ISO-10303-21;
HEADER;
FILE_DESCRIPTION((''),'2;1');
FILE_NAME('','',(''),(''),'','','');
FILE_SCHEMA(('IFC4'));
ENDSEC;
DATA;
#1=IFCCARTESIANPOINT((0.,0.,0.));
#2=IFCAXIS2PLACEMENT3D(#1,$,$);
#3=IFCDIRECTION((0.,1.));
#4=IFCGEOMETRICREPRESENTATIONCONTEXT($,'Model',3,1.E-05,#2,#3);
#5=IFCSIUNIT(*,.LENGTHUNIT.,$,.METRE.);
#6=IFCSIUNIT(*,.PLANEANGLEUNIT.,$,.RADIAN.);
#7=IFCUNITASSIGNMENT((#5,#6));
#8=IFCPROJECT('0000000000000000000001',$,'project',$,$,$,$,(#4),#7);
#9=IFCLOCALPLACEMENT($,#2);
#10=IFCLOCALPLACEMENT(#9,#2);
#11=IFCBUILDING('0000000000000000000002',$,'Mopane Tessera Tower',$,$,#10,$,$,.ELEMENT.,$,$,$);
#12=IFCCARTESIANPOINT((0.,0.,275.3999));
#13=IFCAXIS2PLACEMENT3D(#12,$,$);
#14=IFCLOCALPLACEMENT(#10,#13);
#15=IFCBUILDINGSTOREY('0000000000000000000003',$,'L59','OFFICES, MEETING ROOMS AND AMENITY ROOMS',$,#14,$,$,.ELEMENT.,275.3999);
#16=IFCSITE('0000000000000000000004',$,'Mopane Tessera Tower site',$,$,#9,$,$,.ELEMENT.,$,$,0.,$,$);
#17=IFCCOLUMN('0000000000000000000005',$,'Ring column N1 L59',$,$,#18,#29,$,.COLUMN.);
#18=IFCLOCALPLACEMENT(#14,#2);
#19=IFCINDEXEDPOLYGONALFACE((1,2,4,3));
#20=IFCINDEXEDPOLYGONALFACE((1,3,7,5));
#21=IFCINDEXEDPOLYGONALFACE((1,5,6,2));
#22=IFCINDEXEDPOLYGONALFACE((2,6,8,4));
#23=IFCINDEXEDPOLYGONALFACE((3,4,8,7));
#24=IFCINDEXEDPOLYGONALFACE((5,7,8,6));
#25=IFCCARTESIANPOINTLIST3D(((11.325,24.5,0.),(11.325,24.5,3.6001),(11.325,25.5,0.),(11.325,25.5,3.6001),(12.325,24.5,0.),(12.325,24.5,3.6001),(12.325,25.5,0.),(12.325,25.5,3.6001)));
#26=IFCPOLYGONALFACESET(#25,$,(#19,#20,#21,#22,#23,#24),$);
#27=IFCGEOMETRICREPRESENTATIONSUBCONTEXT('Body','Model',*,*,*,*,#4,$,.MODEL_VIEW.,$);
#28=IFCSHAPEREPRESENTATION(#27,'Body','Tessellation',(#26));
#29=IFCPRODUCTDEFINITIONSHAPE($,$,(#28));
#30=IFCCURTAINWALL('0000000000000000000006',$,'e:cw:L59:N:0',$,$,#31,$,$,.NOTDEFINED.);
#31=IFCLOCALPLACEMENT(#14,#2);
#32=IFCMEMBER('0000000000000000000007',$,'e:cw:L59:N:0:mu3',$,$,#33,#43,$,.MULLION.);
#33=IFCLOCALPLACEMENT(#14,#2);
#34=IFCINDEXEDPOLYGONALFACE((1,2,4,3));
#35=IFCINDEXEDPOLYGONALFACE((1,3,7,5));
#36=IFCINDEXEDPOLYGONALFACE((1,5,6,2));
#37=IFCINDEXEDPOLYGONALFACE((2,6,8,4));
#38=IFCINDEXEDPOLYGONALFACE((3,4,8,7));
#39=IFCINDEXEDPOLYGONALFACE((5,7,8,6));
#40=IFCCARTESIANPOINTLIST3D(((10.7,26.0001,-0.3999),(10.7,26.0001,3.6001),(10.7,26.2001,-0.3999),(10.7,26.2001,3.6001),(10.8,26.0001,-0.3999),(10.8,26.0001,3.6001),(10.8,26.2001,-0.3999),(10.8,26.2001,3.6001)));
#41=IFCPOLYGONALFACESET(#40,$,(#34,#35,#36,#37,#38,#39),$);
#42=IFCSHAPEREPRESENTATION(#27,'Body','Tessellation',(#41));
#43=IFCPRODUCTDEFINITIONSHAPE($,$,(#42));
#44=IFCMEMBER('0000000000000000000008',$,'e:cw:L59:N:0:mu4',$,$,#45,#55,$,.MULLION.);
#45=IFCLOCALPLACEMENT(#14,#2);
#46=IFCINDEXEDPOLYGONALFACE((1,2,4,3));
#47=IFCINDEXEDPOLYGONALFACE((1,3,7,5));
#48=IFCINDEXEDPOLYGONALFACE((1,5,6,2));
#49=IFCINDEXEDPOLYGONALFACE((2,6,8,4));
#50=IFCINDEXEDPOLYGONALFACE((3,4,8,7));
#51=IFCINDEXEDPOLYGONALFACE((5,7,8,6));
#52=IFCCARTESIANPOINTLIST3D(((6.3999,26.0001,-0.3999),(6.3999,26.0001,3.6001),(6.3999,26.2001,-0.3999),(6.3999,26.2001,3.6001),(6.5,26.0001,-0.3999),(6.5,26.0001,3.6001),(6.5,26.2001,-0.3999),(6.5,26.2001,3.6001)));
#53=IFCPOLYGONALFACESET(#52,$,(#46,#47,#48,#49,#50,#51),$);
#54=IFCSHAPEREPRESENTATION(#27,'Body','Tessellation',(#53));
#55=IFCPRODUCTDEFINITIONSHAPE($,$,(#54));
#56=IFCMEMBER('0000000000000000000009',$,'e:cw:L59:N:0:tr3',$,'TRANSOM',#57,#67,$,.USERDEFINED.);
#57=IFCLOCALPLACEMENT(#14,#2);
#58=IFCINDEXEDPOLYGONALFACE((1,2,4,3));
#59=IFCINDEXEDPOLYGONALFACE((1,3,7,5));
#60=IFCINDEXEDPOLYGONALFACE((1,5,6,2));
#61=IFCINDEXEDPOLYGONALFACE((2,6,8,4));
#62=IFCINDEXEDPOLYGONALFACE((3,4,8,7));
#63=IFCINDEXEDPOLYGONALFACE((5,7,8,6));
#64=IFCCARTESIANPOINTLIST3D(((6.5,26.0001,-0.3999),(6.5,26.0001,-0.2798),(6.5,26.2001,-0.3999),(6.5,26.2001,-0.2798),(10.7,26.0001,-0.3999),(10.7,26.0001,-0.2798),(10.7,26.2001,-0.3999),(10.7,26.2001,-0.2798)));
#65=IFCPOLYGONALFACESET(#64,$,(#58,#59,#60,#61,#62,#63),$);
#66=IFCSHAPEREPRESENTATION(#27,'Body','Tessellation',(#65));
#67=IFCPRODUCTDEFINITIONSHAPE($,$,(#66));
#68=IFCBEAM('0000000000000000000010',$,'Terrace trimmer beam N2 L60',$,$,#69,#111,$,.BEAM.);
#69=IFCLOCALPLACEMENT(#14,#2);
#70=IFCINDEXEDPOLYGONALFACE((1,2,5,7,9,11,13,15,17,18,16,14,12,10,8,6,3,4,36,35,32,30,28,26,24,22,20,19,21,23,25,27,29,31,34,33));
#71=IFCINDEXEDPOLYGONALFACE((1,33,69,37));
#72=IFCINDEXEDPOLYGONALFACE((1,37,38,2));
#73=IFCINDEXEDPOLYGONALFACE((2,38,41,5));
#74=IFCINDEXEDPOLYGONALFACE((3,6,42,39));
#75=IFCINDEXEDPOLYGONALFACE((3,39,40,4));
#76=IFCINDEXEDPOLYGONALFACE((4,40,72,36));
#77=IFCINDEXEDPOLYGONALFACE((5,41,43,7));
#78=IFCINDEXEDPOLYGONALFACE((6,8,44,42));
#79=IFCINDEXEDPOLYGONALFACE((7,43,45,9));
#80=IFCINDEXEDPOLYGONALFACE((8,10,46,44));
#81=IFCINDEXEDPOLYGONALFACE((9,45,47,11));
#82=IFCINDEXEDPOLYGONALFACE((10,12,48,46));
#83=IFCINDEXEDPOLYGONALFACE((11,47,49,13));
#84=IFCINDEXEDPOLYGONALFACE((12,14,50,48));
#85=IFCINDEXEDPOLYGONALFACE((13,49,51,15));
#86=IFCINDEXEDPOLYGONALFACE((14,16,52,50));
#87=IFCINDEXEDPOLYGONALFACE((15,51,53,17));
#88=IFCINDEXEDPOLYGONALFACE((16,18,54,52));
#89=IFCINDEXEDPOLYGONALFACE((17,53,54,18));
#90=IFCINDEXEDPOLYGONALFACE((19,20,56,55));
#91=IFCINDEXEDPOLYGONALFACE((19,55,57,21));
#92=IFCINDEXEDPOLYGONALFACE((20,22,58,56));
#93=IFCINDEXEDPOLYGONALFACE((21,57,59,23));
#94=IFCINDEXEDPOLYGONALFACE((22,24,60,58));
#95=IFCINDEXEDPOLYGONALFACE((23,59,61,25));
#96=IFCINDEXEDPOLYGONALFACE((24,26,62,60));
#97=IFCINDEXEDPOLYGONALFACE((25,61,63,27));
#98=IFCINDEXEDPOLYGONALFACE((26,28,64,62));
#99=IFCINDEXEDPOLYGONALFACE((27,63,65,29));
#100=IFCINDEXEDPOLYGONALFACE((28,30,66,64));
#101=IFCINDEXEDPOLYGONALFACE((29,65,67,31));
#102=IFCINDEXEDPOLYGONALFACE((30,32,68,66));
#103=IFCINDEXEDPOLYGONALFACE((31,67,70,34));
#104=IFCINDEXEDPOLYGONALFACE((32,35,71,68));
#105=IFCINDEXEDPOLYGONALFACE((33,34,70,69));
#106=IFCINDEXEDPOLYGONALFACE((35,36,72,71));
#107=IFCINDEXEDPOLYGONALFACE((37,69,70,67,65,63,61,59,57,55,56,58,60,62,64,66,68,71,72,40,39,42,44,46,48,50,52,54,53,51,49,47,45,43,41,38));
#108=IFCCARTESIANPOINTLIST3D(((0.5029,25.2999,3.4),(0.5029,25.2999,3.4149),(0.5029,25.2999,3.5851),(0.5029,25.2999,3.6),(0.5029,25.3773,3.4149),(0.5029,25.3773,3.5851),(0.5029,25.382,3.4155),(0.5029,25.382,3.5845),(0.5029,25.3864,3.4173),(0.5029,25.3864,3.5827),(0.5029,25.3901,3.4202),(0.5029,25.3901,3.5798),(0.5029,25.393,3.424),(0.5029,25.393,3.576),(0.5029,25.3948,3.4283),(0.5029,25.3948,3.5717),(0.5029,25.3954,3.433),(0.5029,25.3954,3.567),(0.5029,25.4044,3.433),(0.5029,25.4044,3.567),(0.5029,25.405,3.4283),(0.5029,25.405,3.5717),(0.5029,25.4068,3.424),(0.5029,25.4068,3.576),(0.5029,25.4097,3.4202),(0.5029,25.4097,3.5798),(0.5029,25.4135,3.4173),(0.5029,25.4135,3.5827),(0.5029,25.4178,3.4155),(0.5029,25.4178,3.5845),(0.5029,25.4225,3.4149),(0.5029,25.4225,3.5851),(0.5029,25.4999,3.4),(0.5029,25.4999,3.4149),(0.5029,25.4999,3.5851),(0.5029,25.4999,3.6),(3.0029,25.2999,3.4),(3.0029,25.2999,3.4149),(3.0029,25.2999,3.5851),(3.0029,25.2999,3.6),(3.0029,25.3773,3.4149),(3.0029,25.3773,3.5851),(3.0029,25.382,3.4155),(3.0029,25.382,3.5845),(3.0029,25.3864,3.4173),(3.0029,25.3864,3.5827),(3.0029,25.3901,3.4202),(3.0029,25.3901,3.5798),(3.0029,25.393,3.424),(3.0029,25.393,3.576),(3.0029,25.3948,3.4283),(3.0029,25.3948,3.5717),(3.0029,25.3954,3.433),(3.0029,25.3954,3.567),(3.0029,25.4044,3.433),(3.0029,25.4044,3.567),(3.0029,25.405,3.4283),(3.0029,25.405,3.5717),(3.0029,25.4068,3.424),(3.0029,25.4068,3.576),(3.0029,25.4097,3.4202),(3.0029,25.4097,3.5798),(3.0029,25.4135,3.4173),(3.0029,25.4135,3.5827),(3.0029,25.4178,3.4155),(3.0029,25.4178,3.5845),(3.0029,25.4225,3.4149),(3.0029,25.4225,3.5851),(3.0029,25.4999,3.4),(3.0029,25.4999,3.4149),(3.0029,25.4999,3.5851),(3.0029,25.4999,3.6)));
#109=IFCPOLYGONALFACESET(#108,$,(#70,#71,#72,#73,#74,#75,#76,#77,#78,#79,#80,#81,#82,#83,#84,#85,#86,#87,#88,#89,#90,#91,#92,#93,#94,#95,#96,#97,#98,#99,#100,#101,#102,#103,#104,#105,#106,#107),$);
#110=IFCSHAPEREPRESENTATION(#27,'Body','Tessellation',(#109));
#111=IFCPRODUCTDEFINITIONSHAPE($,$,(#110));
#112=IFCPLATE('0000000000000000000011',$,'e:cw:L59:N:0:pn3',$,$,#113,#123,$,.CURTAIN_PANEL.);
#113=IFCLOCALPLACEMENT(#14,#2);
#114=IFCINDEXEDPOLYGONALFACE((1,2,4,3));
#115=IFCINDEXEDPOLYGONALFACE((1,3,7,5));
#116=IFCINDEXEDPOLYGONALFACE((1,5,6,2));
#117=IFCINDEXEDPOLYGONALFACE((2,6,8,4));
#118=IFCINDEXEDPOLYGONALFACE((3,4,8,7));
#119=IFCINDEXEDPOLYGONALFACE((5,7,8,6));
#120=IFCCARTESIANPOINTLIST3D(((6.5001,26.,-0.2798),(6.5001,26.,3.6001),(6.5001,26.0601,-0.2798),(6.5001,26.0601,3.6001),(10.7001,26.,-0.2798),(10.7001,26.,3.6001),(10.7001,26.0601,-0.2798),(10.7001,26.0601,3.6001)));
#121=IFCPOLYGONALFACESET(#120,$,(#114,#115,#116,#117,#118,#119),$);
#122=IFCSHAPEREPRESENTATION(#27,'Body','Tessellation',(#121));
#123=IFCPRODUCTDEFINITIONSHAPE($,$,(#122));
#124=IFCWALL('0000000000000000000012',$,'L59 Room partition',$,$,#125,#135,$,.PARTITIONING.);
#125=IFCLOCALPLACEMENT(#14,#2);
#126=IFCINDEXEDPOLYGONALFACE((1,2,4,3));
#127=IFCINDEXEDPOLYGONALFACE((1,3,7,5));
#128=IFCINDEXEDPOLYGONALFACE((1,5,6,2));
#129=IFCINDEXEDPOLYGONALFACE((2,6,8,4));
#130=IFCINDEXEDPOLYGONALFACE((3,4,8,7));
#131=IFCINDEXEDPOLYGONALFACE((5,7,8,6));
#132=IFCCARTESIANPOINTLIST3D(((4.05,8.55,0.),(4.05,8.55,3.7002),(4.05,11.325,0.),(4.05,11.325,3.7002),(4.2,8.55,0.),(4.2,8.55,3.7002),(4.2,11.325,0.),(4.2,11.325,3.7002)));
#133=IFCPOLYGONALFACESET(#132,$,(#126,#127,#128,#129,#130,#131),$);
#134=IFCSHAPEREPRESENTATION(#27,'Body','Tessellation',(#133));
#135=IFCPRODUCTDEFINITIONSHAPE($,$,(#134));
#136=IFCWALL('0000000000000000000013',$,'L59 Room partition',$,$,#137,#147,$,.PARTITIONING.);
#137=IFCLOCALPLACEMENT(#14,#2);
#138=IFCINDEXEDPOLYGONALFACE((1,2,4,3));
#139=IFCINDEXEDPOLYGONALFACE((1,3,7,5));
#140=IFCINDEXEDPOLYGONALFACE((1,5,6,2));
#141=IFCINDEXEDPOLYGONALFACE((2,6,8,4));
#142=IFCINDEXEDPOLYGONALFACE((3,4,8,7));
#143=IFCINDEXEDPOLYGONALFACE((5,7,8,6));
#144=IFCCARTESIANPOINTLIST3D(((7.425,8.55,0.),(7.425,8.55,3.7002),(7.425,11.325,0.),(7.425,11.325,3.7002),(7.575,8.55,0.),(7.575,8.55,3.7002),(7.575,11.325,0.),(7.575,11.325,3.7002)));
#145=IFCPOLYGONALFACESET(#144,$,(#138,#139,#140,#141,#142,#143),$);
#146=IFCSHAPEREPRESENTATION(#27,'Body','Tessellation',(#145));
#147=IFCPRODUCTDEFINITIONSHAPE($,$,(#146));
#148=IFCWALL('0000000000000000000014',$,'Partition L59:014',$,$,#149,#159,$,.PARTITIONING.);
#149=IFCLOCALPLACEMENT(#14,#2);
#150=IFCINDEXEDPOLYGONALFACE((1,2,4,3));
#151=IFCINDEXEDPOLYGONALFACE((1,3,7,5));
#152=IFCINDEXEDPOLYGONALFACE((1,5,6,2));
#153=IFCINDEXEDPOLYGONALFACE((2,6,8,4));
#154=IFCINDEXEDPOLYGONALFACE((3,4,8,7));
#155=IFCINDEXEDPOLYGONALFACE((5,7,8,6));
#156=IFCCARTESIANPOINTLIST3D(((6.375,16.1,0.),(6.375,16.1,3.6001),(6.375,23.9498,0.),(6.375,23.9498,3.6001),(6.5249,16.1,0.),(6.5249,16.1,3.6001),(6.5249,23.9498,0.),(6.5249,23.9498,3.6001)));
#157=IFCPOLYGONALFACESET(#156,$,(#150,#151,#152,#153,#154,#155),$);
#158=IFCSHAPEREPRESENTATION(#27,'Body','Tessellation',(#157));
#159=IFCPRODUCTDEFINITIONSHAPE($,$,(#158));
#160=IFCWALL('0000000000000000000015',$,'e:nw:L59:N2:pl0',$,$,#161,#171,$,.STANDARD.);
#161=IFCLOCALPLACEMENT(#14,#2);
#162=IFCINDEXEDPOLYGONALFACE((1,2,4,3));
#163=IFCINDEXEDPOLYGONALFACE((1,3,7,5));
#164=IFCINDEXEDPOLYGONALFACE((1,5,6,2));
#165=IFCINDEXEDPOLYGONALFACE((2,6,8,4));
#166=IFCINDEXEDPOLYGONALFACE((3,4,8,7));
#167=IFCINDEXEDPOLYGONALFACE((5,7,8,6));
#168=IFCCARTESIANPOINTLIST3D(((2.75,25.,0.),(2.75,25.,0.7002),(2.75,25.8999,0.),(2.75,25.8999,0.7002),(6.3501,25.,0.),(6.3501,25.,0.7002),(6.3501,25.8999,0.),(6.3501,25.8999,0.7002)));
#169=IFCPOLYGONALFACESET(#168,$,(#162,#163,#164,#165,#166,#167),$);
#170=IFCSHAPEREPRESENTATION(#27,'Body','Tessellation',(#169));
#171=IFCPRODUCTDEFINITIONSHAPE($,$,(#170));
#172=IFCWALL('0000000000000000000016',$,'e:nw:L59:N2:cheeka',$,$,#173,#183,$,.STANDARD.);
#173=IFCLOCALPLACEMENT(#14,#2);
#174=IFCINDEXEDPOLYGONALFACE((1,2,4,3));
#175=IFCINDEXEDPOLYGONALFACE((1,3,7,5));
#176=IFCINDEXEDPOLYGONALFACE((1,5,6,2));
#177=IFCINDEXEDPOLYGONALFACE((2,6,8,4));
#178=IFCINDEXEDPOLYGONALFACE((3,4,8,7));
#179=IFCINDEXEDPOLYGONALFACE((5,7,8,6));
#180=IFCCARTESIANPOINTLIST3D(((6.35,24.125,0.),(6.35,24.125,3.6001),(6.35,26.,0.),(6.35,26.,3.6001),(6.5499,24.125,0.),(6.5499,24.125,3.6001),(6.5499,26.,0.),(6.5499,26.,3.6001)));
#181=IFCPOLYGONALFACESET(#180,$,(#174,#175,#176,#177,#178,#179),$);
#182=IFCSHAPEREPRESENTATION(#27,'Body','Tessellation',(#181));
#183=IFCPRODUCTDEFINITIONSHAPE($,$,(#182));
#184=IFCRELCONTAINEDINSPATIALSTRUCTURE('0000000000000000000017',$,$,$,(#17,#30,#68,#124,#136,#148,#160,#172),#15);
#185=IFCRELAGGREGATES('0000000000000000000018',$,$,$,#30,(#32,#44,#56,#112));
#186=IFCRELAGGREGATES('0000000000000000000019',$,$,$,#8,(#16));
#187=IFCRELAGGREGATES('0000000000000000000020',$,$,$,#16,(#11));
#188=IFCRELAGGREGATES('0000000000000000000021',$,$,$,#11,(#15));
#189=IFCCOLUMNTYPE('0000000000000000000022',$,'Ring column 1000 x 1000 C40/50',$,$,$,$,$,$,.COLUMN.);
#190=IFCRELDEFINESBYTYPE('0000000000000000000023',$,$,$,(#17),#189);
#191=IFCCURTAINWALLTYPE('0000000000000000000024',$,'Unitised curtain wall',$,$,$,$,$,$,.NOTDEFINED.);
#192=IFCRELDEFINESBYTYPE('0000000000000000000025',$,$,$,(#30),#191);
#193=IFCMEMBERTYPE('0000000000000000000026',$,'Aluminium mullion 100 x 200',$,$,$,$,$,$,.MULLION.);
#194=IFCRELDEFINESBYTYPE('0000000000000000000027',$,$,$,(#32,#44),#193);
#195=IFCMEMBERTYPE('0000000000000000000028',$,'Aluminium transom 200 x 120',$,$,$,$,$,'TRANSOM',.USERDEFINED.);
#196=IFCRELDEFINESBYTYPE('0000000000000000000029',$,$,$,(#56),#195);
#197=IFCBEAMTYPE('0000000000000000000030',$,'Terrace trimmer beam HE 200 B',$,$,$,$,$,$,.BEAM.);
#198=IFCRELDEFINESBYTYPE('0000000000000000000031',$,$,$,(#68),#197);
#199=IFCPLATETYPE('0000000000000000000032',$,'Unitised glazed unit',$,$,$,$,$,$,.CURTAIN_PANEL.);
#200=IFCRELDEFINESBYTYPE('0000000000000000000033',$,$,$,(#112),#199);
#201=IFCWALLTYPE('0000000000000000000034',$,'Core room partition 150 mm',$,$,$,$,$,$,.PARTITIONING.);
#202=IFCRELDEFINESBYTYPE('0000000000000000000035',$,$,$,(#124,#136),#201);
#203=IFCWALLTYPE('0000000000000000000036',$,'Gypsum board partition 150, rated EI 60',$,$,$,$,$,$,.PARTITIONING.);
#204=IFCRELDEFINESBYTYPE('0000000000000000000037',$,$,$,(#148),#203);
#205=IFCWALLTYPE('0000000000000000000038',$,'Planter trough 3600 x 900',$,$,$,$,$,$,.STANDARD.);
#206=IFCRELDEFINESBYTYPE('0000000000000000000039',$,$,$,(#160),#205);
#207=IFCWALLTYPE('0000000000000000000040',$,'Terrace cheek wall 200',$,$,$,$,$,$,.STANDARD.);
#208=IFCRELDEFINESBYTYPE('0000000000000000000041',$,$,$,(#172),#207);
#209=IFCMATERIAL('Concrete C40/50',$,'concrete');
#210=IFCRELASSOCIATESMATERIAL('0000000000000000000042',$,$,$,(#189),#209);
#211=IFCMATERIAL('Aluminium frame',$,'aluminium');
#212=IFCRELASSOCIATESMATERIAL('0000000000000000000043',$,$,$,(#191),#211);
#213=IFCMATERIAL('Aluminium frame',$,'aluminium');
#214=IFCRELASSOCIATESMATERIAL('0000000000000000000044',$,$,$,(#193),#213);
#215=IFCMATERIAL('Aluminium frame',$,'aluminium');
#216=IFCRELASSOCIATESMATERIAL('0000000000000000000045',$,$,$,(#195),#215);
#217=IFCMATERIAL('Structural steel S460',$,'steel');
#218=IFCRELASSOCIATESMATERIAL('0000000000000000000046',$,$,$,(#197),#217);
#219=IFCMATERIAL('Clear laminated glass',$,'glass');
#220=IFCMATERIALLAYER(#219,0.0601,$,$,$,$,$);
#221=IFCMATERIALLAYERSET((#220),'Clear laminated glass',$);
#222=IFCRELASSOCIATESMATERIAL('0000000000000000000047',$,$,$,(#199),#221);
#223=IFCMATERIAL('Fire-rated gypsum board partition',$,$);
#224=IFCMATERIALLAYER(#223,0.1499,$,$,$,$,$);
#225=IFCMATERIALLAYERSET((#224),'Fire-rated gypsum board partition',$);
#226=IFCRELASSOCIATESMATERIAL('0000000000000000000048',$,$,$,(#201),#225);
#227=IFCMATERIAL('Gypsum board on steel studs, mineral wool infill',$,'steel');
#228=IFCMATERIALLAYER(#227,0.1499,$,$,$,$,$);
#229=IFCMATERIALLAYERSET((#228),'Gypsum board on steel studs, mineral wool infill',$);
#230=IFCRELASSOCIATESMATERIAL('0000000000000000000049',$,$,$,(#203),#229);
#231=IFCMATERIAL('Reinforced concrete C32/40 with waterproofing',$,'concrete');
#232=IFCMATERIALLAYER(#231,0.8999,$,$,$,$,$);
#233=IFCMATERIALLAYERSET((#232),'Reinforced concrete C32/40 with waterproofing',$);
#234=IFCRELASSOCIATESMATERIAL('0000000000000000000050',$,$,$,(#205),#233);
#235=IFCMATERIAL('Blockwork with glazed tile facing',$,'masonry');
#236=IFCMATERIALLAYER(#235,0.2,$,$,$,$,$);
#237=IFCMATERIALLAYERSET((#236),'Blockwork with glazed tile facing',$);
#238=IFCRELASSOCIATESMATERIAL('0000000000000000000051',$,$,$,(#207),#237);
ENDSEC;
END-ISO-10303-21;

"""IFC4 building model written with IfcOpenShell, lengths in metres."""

from ifc_helpers import new_model, si_unit, direction, frame, frame_2d, origin, origin_2d, place, context, subcontext, project, spatial, rectangle, i_section, extrude, material, layer, layer_set, material_profile, profile_set, type_object, element, aggregate, save


model = new_model("IFC4")

# Units and contexts
model_context = context("Model", 3, precision=1e-05, world=origin(), true_north=direction((0.0, 1.0)))
body_context = subcontext(model_context, "Body", "Model", "MODEL_VIEW")
ifc_project = project(units=[si_unit("LENGTHUNIT", "METRE"), si_unit("PLANEANGLEUNIT", "RADIAN")], contexts=[model_context])

# Site, building, storey
site_placement = place(None, origin())
site = spatial("IfcSite", under=ifc_project, at=site_placement, Name="Mopane Tessera Tower site", CompositionType="ELEMENT", RefElevation=0.0)
building_placement = place(site_placement, origin())
building = spatial("IfcBuilding", under=site, at=building_placement, Name="Mopane Tessera Tower", CompositionType="ELEMENT")
storey_placement = place(building_placement, frame((0.0, 0.0, 275.3999)))
storey = spatial("IfcBuildingStorey", under=building, at=storey_placement, Name="L59", Description="OFFICES, MEETING ROOMS AND AMENITY ROOMS", CompositionType="ELEMENT", Elevation=275.3999)

# Column
ifc_material_1 = material(Name="Concrete C40/50", Category="concrete")
ifc_material_profile_1 = material_profile(ifc_material_1, rectangle(XDim=1.0, YDim=1.0, at=origin_2d()))
ifc_profile_set_1 = profile_set([ifc_material_profile_1], Name="Concrete C40/50")
column_type = type_object("IfcColumnType", Name="Ring column 1000 x 1000 C40/50", PredefinedType="COLUMN", material=ifc_profile_set_1)
column_placement = place(storey_placement, frame((11.825, 25.0, 0.0), z_axis=(0.0, 0.0, 1.0), x_axis=(1.0, 0.0, 0.0)))
element("IfcColumn", 1, at=column_placement, inside=storey, type_object=column_type, Name="Ring column N1 L59", PredefinedType="COLUMN", context=body_context, shape_type="SweptSolid", body=[
    extrude(rectangle(XDim=1.0, YDim=1.0, at=origin_2d()), origin(), (0.0, 0.0, 1.0), 3.6001),
])

# Curtain wall, members
ifc_material_2 = material(Name="Aluminium frame", Category="aluminium")
curtain_wall_type = type_object("IfcCurtainWallType", Name="Unitised curtain wall", PredefinedType="NOTDEFINED", material=ifc_material_2)
curtain_wall_placement = place(storey_placement, origin())
curtain_wall = element("IfcCurtainWall", 2, at=curtain_wall_placement, inside=storey, type_object=curtain_wall_type, Name="e:cw:L59:N:0", PredefinedType="NOTDEFINED")
ifc_material_3 = material(Name="Aluminium frame", Category="aluminium")
ifc_material_profile_2 = material_profile(ifc_material_3, rectangle(XDim=0.1001, YDim=0.2, at=origin_2d()))
ifc_profile_set_2 = profile_set([ifc_material_profile_2], Name="Aluminium frame")
member_type_1 = type_object("IfcMemberType", Name="Aluminium mullion 100 x 200", PredefinedType="MULLION", material=ifc_profile_set_2)
member_1_placement = place(storey_placement, frame((10.75, 26.1001, -0.3999), z_axis=(0.0, 0.0, 1.0), x_axis=(-1.0, 0.0, 0.0)))
member_1 = element("IfcMember", 3, at=member_1_placement, type_object=member_type_1, Name="e:cw:L59:N:0:mu3", PredefinedType="MULLION", context=body_context, shape_type="SweptSolid", body=[
    extrude(rectangle(XDim=0.1001, YDim=0.2, at=origin_2d()), origin(), (0.0, 0.0, 1.0), 4.0),
])
member_2_placement = place(storey_placement, frame((6.45, 26.1001, -0.3999), z_axis=(0.0, 0.0, 1.0), x_axis=(-1.0, 0.0, 0.0)))
member_2 = element("IfcMember", 4, at=member_2_placement, type_object=member_type_1, Name="e:cw:L59:N:0:mu4", PredefinedType="MULLION", context=body_context, shape_type="SweptSolid", body=[
    extrude(rectangle(XDim=0.1001, YDim=0.2, at=origin_2d()), origin(), (0.0, 0.0, 1.0), 4.0),
])
ifc_material_4 = material(Name="Aluminium frame", Category="aluminium")
ifc_material_profile_3 = material_profile(ifc_material_4, rectangle(XDim=0.2, YDim=0.1201, at=origin_2d()))
ifc_profile_set_3 = profile_set([ifc_material_profile_3], Name="Aluminium frame")
member_type_2 = type_object("IfcMemberType", Name="Aluminium transom 200 x 120", ElementType="TRANSOM", PredefinedType="USERDEFINED", material=ifc_profile_set_3)
member_3_placement = place(storey_placement, frame((10.7, 26.1001, -0.3398), z_axis=(-1.0, 0.0, 0.0), x_axis=(0.0, -1.0, 0.0)))
member_3 = element("IfcMember", 5, at=member_3_placement, type_object=member_type_2, Name="e:cw:L59:N:0:tr3", ObjectType="TRANSOM", PredefinedType="USERDEFINED", context=body_context, shape_type="SweptSolid", body=[
    extrude(rectangle(XDim=0.2, YDim=0.1201, at=origin_2d()), origin(), (0.0, 0.0, 1.0), 4.2),
])

# Beam
ifc_material_5 = material(Name="Structural steel S460", Category="steel")
ifc_material_profile_4 = material_profile(ifc_material_5, i_section(OverallWidth=0.2, OverallDepth=0.2, WebThickness=0.009, FlangeThickness=0.0149, FilletRadius=0.0181, at=origin_2d()))
ifc_profile_set_4 = profile_set([ifc_material_profile_4], Name="Structural steel S460")
beam_type = type_object("IfcBeamType", Name="Terrace trimmer beam HE 200 B", PredefinedType="BEAM", material=ifc_profile_set_4)
beam_placement = place(storey_placement, frame((0.5029, 25.3999, 3.5), z_axis=(1.0, 0.0, 0.0), x_axis=(0.0, 1.0, 0.0)))
element("IfcBeam", 6, at=beam_placement, inside=storey, type_object=beam_type, Name="Terrace trimmer beam N2 L60", PredefinedType="BEAM", context=body_context, shape_type="SweptSolid", body=[
    extrude(i_section(OverallWidth=0.2, OverallDepth=0.2, WebThickness=0.009, FlangeThickness=0.0149, FilletRadius=0.0181, at=origin_2d()), origin(), (0.0, 0.0, 1.0), 2.5),
])

# Plate
ifc_material_6 = material(Name="Clear laminated glass", Category="glass")
ifc_layer_1 = layer(ifc_material_6, 0.0601)
ifc_layer_set_1 = layer_set([ifc_layer_1], Name="Clear laminated glass")
plate_type = type_object("IfcPlateType", Name="Unitised glazed unit", PredefinedType="CURTAIN_PANEL", material=ifc_layer_set_1)
plate_placement = place(storey_placement, frame((8.6001, 26.03, -0.2798), z_axis=(0.0, 0.0, 1.0), x_axis=(-1.0, 0.0, 0.0)))
plate = element("IfcPlate", 7, at=plate_placement, type_object=plate_type, Name="e:cw:L59:N:0:pn3", PredefinedType="CURTAIN_PANEL", context=body_context, shape_type="SweptSolid", body=[
    extrude(rectangle(XDim=4.2, YDim=0.0601, at=origin_2d()), origin(), (0.0, 0.0, 1.0), 3.8799),
])
aggregate(curtain_wall, [member_1, member_2, member_3, plate])

# Walls
ifc_material_7 = material(Name="Fire-rated gypsum board partition")
ifc_layer_2 = layer(ifc_material_7, 0.1499)
ifc_layer_set_2 = layer_set([ifc_layer_2], Name="Fire-rated gypsum board partition")
wall_type_1 = type_object("IfcWallType", Name="Core room partition 150 mm", PredefinedType="PARTITIONING", material=ifc_layer_set_2)
for number, where, z_axis, x_axis, name in (
    (8, (4.125, 8.55, 0.0), (0.0, 0.0, 1.0), (0.0, 1.0, 0.0), "L59 Room partition"),
    (9, (7.5, 8.55, 0.0), (0.0, 0.0, 1.0), (0.0, 1.0, 0.0), "L59 Room partition"),
):
    element("IfcWall", number, at=place(storey_placement, frame(where, z_axis=z_axis, x_axis=x_axis)), inside=storey, type_object=wall_type_1, Name=name, PredefinedType="PARTITIONING", context=body_context, shape_type="SweptSolid", body=[
        extrude(rectangle(XDim=2.7749, YDim=0.1499, at=frame_2d((1.3875, 0.0))), origin(), (0.0, 0.0, 1.0), 3.7002),
    ])
ifc_material_8 = material(Name="Gypsum board on steel studs, mineral wool infill", Category="steel")
ifc_layer_3 = layer(ifc_material_8, 0.1499)
ifc_layer_set_3 = layer_set([ifc_layer_3], Name="Gypsum board on steel studs, mineral wool infill")
wall_type_2 = type_object("IfcWallType", Name="Gypsum board partition 150, rated EI 60", PredefinedType="PARTITIONING", material=ifc_layer_set_3)
wall_1_placement = place(storey_placement, frame((6.45, 16.1001, 0.0), z_axis=(0.0, 0.0, 1.0), x_axis=(0.0, 1.0, 0.0)))
element("IfcWall", 10, at=wall_1_placement, inside=storey, type_object=wall_type_2, Name="Partition L59:014", PredefinedType="PARTITIONING", context=body_context, shape_type="SweptSolid", body=[
    extrude(rectangle(XDim=7.8499, YDim=0.1499, at=frame_2d((3.9248, 0.0))), origin(), (0.0, 0.0, 1.0), 3.6001),
])
ifc_material_9 = material(Name="Reinforced concrete C32/40 with waterproofing", Category="concrete")
ifc_layer_4 = layer(ifc_material_9, 0.8999)
ifc_layer_set_4 = layer_set([ifc_layer_4], Name="Reinforced concrete C32/40 with waterproofing")
wall_type_3 = type_object("IfcWallType", Name="Planter trough 3600 x 900", PredefinedType="STANDARD", material=ifc_layer_set_4)
wall_2_placement = place(storey_placement, frame((6.3501, 25.45, 0.0), z_axis=(0.0, 0.0, 1.0), x_axis=(-1.0, 0.0, 0.0)))
element("IfcWall", 11, at=wall_2_placement, inside=storey, type_object=wall_type_3, Name="e:nw:L59:N2:pl0", PredefinedType="STANDARD", context=body_context, shape_type="SweptSolid", body=[
    extrude(rectangle(XDim=3.6001, YDim=0.8999, at=frame_2d((1.8, 0.0))), origin(), (0.0, 0.0, 1.0), 0.7002),
])
ifc_material_10 = material(Name="Blockwork with glazed tile facing", Category="masonry")
ifc_layer_5 = layer(ifc_material_10, 0.2)
ifc_layer_set_5 = layer_set([ifc_layer_5], Name="Blockwork with glazed tile facing")
wall_type_4 = type_object("IfcWallType", Name="Terrace cheek wall 200", PredefinedType="STANDARD", material=ifc_layer_set_5)
wall_3_placement = place(storey_placement, frame((6.45, 26.0, 0.0), z_axis=(0.0, 0.0, 1.0), x_axis=(0.0, -1.0, 0.0)))
element("IfcWall", 12, at=wall_3_placement, inside=storey, type_object=wall_type_4, Name="e:nw:L59:N2:cheeka", PredefinedType="STANDARD", context=body_context, shape_type="SweptSolid", body=[
    extrude(rectangle(XDim=1.875, YDim=0.2, at=frame_2d((0.9375, 0.0))), origin(), (0.0, 0.0, 1.0), 3.6001),
])

save(model, "model.ifc")
